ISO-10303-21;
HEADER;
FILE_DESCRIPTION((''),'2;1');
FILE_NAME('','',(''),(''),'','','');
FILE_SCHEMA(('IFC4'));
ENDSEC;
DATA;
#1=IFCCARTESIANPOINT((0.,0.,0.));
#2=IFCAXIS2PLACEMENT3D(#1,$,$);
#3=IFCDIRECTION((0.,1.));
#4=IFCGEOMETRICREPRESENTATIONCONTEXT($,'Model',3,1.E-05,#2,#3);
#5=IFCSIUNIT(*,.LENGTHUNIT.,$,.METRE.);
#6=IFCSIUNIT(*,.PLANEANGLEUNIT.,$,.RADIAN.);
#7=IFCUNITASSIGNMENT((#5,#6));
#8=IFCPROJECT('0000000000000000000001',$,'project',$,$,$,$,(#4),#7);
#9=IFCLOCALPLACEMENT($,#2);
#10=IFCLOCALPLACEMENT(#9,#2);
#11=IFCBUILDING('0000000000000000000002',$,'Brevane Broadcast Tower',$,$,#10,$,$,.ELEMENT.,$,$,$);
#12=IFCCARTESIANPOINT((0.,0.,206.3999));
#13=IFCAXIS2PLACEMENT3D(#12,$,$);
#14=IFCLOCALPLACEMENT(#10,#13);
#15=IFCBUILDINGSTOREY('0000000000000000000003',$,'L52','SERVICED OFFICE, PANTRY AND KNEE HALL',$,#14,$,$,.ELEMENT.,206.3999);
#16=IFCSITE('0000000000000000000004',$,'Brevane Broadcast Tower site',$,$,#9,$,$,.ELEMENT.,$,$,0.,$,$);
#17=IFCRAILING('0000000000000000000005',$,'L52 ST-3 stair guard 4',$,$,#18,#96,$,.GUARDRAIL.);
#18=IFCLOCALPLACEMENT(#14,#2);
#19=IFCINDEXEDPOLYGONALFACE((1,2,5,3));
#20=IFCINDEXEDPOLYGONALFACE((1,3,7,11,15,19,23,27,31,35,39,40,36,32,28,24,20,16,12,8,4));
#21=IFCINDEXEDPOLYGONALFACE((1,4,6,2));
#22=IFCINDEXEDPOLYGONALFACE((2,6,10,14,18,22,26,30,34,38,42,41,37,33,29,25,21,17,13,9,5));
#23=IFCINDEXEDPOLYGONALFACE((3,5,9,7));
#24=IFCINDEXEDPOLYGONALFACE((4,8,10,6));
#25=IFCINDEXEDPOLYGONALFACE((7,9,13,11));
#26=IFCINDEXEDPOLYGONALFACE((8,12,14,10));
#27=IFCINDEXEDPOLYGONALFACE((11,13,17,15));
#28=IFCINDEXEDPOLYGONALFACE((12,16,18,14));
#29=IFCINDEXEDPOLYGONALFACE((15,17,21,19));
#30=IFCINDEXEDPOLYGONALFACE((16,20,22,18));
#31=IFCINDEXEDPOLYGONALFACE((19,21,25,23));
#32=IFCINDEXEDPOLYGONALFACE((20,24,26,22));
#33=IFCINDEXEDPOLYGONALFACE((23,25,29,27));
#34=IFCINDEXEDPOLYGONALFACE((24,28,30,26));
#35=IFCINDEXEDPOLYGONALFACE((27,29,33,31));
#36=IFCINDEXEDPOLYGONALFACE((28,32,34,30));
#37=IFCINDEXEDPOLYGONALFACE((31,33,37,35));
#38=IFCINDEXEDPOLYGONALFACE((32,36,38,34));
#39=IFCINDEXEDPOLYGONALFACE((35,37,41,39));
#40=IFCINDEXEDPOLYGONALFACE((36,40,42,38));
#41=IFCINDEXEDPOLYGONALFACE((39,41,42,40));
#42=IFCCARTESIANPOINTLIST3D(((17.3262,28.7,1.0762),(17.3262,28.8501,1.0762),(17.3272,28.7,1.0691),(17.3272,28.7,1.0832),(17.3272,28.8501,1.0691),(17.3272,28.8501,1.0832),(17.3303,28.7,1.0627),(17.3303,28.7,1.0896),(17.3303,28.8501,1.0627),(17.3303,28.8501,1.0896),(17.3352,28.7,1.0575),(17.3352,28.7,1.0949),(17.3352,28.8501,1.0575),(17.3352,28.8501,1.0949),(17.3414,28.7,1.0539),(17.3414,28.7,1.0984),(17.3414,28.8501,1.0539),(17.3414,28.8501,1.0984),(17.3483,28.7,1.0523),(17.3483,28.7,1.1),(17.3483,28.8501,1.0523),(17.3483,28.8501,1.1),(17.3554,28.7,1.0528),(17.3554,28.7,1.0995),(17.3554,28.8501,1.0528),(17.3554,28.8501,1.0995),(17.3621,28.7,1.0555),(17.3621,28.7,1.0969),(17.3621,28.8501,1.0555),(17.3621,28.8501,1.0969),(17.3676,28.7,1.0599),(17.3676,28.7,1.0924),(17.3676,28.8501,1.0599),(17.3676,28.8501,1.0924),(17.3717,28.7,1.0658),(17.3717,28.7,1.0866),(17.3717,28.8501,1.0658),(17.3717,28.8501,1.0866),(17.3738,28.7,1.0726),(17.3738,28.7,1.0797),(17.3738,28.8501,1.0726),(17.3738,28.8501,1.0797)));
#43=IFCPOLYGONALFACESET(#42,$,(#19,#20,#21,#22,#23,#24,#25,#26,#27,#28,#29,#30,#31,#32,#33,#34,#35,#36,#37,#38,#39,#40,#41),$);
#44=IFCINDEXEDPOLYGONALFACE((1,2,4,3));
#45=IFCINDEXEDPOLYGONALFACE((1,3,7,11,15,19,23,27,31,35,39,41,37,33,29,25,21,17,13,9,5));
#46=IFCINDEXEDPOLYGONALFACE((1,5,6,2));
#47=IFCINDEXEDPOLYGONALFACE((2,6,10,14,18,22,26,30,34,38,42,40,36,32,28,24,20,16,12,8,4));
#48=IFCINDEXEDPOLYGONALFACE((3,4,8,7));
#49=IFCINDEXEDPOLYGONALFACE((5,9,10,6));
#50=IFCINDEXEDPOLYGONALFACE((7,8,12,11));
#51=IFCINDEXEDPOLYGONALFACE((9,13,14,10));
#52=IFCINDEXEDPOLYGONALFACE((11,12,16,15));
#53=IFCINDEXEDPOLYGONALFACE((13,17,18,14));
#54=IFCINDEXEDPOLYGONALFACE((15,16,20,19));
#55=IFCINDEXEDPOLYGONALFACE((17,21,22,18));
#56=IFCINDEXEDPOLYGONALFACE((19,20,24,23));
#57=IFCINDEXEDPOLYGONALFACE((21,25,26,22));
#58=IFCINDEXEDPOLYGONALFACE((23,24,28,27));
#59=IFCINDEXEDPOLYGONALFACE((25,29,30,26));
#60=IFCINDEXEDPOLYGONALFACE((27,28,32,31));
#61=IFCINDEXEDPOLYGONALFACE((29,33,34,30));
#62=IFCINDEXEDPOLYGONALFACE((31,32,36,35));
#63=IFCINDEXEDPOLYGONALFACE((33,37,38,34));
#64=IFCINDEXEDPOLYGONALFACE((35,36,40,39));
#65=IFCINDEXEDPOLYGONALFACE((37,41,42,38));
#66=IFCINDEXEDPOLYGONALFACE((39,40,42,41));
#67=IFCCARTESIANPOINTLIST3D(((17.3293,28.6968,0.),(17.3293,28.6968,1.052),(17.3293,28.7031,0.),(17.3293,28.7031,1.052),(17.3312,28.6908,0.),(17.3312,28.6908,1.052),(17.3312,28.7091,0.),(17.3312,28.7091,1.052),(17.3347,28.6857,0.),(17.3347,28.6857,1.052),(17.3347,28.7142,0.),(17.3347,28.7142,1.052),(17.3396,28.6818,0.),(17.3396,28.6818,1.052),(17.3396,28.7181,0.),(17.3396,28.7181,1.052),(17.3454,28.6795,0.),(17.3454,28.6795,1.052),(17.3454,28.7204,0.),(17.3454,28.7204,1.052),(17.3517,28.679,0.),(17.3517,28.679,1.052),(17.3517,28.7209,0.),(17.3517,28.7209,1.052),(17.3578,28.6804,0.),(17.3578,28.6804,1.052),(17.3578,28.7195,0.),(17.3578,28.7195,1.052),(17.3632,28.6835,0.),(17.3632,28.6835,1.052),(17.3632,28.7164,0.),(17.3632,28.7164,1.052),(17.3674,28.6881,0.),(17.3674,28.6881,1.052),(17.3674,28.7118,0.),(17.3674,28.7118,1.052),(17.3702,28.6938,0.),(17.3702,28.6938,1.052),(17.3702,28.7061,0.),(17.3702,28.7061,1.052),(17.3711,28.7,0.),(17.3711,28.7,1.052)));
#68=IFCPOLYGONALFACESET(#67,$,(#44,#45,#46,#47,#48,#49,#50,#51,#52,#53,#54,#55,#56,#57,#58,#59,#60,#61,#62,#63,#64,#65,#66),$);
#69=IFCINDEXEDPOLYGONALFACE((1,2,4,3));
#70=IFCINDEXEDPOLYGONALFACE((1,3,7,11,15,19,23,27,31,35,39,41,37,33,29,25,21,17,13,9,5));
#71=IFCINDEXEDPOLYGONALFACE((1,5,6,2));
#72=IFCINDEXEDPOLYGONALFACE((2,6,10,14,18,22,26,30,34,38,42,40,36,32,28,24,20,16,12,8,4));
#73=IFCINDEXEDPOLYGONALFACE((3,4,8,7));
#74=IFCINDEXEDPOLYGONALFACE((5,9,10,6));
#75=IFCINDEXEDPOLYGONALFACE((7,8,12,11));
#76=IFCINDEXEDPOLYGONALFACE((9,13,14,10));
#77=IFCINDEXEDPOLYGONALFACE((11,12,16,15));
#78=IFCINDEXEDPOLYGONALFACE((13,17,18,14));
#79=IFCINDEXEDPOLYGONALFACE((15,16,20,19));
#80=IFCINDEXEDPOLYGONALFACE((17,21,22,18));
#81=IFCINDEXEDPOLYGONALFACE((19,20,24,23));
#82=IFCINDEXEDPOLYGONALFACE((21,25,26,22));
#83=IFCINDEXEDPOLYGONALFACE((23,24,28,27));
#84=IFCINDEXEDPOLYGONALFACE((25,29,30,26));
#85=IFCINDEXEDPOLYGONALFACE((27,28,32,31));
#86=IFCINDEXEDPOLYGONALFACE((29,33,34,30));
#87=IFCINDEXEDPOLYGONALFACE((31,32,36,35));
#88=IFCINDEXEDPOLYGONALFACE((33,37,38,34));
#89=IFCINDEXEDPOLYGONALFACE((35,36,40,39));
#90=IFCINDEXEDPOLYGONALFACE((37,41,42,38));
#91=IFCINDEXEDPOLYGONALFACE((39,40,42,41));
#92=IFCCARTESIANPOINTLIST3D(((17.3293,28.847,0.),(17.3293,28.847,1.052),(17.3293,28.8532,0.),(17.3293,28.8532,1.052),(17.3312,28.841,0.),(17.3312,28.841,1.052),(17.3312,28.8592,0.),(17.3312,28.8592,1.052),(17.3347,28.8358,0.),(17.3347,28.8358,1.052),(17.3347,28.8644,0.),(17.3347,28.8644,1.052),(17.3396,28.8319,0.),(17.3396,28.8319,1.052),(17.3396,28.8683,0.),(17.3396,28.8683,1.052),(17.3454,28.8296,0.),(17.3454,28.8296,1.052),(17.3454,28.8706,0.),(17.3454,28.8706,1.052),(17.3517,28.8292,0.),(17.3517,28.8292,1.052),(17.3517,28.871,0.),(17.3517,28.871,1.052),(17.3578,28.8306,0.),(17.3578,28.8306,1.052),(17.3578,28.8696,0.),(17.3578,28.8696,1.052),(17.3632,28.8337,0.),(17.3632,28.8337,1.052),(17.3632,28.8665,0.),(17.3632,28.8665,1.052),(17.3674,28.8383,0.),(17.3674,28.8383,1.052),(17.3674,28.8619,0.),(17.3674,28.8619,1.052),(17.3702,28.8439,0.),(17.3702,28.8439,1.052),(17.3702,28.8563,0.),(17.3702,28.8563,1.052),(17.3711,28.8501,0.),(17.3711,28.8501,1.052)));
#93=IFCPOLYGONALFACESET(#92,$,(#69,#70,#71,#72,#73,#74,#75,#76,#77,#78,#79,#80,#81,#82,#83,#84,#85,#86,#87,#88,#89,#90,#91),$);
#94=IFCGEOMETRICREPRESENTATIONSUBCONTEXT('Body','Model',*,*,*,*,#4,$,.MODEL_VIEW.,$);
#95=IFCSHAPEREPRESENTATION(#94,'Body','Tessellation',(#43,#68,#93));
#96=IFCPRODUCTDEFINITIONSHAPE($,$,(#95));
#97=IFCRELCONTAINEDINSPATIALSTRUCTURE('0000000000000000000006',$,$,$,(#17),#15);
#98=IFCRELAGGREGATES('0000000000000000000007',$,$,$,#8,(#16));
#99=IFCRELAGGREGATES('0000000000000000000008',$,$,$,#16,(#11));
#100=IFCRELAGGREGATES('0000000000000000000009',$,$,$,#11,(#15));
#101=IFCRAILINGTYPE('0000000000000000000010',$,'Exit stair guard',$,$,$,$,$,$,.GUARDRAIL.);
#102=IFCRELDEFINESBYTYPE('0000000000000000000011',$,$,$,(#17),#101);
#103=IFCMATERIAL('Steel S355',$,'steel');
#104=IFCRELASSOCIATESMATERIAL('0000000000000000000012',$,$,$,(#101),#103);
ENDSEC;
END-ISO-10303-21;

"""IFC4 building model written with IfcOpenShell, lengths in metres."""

from ifc_helpers import new_model, si_unit, direction, frame, origin, origin_2d, place, context, subcontext, project, spatial, circle, extrude, material, type_object, element, save


model = new_model("IFC4")

# Units and contexts
model_context = context("Model", 3, precision=1e-05, world=origin(), true_north=direction((0.0, 1.0)))
body_context = subcontext(model_context, "Body", "Model", "MODEL_VIEW")
ifc_project = project(units=[si_unit("LENGTHUNIT", "METRE"), si_unit("PLANEANGLEUNIT", "RADIAN")], contexts=[model_context])

# Site, building, storey
site_placement = place(None, origin())
site = spatial("IfcSite", under=ifc_project, at=site_placement, Name="Brevane Broadcast Tower site", CompositionType="ELEMENT", RefElevation=0.0)
building_placement = place(site_placement, origin())
building = spatial("IfcBuilding", under=site, at=building_placement, Name="Brevane Broadcast Tower", CompositionType="ELEMENT")
storey_placement = place(building_placement, frame((0.0, 0.0, 206.3999)))
storey = spatial("IfcBuildingStorey", under=building, at=storey_placement, Name="L52", Description="SERVICED OFFICE, PANTRY AND KNEE HALL", CompositionType="ELEMENT", Elevation=206.3999)

# Railing
ifc_material_1 = material(Name="Steel S355", Category="steel")
railing_type_1 = type_object("IfcRailingType", Name="Exit stair guard", PredefinedType="GUARDRAIL", material=ifc_material_1)
railing_1_placement = place(storey_placement, frame((17.3501, 28.7, 0.0)))
element("IfcRailing", 1, at=railing_1_placement, inside=storey, type_object=railing_type_1, Name="L52 ST-3 stair guard 4", PredefinedType="GUARDRAIL", context=body_context, shape_type="SweptSolid", body=[
    extrude(circle(Radius=0.0239, at=origin_2d()), frame((0.0, 0.0, 1.0762), z_axis=(0.0, 1.0, 0.0), x_axis=(-1.0, 0.0, 0.0)), (0.0, 0.0, 1.0), 0.1501),
    extrude(circle(Radius=0.021, at=origin_2d()), origin(), (0.0, 0.0, 1.0), 1.052),
    extrude(circle(Radius=0.021, at=origin_2d()), frame((0.0, 0.1501, 0.0)), (0.0, 0.0, 1.0), 1.052),
])

save(model, "model.ifc")
